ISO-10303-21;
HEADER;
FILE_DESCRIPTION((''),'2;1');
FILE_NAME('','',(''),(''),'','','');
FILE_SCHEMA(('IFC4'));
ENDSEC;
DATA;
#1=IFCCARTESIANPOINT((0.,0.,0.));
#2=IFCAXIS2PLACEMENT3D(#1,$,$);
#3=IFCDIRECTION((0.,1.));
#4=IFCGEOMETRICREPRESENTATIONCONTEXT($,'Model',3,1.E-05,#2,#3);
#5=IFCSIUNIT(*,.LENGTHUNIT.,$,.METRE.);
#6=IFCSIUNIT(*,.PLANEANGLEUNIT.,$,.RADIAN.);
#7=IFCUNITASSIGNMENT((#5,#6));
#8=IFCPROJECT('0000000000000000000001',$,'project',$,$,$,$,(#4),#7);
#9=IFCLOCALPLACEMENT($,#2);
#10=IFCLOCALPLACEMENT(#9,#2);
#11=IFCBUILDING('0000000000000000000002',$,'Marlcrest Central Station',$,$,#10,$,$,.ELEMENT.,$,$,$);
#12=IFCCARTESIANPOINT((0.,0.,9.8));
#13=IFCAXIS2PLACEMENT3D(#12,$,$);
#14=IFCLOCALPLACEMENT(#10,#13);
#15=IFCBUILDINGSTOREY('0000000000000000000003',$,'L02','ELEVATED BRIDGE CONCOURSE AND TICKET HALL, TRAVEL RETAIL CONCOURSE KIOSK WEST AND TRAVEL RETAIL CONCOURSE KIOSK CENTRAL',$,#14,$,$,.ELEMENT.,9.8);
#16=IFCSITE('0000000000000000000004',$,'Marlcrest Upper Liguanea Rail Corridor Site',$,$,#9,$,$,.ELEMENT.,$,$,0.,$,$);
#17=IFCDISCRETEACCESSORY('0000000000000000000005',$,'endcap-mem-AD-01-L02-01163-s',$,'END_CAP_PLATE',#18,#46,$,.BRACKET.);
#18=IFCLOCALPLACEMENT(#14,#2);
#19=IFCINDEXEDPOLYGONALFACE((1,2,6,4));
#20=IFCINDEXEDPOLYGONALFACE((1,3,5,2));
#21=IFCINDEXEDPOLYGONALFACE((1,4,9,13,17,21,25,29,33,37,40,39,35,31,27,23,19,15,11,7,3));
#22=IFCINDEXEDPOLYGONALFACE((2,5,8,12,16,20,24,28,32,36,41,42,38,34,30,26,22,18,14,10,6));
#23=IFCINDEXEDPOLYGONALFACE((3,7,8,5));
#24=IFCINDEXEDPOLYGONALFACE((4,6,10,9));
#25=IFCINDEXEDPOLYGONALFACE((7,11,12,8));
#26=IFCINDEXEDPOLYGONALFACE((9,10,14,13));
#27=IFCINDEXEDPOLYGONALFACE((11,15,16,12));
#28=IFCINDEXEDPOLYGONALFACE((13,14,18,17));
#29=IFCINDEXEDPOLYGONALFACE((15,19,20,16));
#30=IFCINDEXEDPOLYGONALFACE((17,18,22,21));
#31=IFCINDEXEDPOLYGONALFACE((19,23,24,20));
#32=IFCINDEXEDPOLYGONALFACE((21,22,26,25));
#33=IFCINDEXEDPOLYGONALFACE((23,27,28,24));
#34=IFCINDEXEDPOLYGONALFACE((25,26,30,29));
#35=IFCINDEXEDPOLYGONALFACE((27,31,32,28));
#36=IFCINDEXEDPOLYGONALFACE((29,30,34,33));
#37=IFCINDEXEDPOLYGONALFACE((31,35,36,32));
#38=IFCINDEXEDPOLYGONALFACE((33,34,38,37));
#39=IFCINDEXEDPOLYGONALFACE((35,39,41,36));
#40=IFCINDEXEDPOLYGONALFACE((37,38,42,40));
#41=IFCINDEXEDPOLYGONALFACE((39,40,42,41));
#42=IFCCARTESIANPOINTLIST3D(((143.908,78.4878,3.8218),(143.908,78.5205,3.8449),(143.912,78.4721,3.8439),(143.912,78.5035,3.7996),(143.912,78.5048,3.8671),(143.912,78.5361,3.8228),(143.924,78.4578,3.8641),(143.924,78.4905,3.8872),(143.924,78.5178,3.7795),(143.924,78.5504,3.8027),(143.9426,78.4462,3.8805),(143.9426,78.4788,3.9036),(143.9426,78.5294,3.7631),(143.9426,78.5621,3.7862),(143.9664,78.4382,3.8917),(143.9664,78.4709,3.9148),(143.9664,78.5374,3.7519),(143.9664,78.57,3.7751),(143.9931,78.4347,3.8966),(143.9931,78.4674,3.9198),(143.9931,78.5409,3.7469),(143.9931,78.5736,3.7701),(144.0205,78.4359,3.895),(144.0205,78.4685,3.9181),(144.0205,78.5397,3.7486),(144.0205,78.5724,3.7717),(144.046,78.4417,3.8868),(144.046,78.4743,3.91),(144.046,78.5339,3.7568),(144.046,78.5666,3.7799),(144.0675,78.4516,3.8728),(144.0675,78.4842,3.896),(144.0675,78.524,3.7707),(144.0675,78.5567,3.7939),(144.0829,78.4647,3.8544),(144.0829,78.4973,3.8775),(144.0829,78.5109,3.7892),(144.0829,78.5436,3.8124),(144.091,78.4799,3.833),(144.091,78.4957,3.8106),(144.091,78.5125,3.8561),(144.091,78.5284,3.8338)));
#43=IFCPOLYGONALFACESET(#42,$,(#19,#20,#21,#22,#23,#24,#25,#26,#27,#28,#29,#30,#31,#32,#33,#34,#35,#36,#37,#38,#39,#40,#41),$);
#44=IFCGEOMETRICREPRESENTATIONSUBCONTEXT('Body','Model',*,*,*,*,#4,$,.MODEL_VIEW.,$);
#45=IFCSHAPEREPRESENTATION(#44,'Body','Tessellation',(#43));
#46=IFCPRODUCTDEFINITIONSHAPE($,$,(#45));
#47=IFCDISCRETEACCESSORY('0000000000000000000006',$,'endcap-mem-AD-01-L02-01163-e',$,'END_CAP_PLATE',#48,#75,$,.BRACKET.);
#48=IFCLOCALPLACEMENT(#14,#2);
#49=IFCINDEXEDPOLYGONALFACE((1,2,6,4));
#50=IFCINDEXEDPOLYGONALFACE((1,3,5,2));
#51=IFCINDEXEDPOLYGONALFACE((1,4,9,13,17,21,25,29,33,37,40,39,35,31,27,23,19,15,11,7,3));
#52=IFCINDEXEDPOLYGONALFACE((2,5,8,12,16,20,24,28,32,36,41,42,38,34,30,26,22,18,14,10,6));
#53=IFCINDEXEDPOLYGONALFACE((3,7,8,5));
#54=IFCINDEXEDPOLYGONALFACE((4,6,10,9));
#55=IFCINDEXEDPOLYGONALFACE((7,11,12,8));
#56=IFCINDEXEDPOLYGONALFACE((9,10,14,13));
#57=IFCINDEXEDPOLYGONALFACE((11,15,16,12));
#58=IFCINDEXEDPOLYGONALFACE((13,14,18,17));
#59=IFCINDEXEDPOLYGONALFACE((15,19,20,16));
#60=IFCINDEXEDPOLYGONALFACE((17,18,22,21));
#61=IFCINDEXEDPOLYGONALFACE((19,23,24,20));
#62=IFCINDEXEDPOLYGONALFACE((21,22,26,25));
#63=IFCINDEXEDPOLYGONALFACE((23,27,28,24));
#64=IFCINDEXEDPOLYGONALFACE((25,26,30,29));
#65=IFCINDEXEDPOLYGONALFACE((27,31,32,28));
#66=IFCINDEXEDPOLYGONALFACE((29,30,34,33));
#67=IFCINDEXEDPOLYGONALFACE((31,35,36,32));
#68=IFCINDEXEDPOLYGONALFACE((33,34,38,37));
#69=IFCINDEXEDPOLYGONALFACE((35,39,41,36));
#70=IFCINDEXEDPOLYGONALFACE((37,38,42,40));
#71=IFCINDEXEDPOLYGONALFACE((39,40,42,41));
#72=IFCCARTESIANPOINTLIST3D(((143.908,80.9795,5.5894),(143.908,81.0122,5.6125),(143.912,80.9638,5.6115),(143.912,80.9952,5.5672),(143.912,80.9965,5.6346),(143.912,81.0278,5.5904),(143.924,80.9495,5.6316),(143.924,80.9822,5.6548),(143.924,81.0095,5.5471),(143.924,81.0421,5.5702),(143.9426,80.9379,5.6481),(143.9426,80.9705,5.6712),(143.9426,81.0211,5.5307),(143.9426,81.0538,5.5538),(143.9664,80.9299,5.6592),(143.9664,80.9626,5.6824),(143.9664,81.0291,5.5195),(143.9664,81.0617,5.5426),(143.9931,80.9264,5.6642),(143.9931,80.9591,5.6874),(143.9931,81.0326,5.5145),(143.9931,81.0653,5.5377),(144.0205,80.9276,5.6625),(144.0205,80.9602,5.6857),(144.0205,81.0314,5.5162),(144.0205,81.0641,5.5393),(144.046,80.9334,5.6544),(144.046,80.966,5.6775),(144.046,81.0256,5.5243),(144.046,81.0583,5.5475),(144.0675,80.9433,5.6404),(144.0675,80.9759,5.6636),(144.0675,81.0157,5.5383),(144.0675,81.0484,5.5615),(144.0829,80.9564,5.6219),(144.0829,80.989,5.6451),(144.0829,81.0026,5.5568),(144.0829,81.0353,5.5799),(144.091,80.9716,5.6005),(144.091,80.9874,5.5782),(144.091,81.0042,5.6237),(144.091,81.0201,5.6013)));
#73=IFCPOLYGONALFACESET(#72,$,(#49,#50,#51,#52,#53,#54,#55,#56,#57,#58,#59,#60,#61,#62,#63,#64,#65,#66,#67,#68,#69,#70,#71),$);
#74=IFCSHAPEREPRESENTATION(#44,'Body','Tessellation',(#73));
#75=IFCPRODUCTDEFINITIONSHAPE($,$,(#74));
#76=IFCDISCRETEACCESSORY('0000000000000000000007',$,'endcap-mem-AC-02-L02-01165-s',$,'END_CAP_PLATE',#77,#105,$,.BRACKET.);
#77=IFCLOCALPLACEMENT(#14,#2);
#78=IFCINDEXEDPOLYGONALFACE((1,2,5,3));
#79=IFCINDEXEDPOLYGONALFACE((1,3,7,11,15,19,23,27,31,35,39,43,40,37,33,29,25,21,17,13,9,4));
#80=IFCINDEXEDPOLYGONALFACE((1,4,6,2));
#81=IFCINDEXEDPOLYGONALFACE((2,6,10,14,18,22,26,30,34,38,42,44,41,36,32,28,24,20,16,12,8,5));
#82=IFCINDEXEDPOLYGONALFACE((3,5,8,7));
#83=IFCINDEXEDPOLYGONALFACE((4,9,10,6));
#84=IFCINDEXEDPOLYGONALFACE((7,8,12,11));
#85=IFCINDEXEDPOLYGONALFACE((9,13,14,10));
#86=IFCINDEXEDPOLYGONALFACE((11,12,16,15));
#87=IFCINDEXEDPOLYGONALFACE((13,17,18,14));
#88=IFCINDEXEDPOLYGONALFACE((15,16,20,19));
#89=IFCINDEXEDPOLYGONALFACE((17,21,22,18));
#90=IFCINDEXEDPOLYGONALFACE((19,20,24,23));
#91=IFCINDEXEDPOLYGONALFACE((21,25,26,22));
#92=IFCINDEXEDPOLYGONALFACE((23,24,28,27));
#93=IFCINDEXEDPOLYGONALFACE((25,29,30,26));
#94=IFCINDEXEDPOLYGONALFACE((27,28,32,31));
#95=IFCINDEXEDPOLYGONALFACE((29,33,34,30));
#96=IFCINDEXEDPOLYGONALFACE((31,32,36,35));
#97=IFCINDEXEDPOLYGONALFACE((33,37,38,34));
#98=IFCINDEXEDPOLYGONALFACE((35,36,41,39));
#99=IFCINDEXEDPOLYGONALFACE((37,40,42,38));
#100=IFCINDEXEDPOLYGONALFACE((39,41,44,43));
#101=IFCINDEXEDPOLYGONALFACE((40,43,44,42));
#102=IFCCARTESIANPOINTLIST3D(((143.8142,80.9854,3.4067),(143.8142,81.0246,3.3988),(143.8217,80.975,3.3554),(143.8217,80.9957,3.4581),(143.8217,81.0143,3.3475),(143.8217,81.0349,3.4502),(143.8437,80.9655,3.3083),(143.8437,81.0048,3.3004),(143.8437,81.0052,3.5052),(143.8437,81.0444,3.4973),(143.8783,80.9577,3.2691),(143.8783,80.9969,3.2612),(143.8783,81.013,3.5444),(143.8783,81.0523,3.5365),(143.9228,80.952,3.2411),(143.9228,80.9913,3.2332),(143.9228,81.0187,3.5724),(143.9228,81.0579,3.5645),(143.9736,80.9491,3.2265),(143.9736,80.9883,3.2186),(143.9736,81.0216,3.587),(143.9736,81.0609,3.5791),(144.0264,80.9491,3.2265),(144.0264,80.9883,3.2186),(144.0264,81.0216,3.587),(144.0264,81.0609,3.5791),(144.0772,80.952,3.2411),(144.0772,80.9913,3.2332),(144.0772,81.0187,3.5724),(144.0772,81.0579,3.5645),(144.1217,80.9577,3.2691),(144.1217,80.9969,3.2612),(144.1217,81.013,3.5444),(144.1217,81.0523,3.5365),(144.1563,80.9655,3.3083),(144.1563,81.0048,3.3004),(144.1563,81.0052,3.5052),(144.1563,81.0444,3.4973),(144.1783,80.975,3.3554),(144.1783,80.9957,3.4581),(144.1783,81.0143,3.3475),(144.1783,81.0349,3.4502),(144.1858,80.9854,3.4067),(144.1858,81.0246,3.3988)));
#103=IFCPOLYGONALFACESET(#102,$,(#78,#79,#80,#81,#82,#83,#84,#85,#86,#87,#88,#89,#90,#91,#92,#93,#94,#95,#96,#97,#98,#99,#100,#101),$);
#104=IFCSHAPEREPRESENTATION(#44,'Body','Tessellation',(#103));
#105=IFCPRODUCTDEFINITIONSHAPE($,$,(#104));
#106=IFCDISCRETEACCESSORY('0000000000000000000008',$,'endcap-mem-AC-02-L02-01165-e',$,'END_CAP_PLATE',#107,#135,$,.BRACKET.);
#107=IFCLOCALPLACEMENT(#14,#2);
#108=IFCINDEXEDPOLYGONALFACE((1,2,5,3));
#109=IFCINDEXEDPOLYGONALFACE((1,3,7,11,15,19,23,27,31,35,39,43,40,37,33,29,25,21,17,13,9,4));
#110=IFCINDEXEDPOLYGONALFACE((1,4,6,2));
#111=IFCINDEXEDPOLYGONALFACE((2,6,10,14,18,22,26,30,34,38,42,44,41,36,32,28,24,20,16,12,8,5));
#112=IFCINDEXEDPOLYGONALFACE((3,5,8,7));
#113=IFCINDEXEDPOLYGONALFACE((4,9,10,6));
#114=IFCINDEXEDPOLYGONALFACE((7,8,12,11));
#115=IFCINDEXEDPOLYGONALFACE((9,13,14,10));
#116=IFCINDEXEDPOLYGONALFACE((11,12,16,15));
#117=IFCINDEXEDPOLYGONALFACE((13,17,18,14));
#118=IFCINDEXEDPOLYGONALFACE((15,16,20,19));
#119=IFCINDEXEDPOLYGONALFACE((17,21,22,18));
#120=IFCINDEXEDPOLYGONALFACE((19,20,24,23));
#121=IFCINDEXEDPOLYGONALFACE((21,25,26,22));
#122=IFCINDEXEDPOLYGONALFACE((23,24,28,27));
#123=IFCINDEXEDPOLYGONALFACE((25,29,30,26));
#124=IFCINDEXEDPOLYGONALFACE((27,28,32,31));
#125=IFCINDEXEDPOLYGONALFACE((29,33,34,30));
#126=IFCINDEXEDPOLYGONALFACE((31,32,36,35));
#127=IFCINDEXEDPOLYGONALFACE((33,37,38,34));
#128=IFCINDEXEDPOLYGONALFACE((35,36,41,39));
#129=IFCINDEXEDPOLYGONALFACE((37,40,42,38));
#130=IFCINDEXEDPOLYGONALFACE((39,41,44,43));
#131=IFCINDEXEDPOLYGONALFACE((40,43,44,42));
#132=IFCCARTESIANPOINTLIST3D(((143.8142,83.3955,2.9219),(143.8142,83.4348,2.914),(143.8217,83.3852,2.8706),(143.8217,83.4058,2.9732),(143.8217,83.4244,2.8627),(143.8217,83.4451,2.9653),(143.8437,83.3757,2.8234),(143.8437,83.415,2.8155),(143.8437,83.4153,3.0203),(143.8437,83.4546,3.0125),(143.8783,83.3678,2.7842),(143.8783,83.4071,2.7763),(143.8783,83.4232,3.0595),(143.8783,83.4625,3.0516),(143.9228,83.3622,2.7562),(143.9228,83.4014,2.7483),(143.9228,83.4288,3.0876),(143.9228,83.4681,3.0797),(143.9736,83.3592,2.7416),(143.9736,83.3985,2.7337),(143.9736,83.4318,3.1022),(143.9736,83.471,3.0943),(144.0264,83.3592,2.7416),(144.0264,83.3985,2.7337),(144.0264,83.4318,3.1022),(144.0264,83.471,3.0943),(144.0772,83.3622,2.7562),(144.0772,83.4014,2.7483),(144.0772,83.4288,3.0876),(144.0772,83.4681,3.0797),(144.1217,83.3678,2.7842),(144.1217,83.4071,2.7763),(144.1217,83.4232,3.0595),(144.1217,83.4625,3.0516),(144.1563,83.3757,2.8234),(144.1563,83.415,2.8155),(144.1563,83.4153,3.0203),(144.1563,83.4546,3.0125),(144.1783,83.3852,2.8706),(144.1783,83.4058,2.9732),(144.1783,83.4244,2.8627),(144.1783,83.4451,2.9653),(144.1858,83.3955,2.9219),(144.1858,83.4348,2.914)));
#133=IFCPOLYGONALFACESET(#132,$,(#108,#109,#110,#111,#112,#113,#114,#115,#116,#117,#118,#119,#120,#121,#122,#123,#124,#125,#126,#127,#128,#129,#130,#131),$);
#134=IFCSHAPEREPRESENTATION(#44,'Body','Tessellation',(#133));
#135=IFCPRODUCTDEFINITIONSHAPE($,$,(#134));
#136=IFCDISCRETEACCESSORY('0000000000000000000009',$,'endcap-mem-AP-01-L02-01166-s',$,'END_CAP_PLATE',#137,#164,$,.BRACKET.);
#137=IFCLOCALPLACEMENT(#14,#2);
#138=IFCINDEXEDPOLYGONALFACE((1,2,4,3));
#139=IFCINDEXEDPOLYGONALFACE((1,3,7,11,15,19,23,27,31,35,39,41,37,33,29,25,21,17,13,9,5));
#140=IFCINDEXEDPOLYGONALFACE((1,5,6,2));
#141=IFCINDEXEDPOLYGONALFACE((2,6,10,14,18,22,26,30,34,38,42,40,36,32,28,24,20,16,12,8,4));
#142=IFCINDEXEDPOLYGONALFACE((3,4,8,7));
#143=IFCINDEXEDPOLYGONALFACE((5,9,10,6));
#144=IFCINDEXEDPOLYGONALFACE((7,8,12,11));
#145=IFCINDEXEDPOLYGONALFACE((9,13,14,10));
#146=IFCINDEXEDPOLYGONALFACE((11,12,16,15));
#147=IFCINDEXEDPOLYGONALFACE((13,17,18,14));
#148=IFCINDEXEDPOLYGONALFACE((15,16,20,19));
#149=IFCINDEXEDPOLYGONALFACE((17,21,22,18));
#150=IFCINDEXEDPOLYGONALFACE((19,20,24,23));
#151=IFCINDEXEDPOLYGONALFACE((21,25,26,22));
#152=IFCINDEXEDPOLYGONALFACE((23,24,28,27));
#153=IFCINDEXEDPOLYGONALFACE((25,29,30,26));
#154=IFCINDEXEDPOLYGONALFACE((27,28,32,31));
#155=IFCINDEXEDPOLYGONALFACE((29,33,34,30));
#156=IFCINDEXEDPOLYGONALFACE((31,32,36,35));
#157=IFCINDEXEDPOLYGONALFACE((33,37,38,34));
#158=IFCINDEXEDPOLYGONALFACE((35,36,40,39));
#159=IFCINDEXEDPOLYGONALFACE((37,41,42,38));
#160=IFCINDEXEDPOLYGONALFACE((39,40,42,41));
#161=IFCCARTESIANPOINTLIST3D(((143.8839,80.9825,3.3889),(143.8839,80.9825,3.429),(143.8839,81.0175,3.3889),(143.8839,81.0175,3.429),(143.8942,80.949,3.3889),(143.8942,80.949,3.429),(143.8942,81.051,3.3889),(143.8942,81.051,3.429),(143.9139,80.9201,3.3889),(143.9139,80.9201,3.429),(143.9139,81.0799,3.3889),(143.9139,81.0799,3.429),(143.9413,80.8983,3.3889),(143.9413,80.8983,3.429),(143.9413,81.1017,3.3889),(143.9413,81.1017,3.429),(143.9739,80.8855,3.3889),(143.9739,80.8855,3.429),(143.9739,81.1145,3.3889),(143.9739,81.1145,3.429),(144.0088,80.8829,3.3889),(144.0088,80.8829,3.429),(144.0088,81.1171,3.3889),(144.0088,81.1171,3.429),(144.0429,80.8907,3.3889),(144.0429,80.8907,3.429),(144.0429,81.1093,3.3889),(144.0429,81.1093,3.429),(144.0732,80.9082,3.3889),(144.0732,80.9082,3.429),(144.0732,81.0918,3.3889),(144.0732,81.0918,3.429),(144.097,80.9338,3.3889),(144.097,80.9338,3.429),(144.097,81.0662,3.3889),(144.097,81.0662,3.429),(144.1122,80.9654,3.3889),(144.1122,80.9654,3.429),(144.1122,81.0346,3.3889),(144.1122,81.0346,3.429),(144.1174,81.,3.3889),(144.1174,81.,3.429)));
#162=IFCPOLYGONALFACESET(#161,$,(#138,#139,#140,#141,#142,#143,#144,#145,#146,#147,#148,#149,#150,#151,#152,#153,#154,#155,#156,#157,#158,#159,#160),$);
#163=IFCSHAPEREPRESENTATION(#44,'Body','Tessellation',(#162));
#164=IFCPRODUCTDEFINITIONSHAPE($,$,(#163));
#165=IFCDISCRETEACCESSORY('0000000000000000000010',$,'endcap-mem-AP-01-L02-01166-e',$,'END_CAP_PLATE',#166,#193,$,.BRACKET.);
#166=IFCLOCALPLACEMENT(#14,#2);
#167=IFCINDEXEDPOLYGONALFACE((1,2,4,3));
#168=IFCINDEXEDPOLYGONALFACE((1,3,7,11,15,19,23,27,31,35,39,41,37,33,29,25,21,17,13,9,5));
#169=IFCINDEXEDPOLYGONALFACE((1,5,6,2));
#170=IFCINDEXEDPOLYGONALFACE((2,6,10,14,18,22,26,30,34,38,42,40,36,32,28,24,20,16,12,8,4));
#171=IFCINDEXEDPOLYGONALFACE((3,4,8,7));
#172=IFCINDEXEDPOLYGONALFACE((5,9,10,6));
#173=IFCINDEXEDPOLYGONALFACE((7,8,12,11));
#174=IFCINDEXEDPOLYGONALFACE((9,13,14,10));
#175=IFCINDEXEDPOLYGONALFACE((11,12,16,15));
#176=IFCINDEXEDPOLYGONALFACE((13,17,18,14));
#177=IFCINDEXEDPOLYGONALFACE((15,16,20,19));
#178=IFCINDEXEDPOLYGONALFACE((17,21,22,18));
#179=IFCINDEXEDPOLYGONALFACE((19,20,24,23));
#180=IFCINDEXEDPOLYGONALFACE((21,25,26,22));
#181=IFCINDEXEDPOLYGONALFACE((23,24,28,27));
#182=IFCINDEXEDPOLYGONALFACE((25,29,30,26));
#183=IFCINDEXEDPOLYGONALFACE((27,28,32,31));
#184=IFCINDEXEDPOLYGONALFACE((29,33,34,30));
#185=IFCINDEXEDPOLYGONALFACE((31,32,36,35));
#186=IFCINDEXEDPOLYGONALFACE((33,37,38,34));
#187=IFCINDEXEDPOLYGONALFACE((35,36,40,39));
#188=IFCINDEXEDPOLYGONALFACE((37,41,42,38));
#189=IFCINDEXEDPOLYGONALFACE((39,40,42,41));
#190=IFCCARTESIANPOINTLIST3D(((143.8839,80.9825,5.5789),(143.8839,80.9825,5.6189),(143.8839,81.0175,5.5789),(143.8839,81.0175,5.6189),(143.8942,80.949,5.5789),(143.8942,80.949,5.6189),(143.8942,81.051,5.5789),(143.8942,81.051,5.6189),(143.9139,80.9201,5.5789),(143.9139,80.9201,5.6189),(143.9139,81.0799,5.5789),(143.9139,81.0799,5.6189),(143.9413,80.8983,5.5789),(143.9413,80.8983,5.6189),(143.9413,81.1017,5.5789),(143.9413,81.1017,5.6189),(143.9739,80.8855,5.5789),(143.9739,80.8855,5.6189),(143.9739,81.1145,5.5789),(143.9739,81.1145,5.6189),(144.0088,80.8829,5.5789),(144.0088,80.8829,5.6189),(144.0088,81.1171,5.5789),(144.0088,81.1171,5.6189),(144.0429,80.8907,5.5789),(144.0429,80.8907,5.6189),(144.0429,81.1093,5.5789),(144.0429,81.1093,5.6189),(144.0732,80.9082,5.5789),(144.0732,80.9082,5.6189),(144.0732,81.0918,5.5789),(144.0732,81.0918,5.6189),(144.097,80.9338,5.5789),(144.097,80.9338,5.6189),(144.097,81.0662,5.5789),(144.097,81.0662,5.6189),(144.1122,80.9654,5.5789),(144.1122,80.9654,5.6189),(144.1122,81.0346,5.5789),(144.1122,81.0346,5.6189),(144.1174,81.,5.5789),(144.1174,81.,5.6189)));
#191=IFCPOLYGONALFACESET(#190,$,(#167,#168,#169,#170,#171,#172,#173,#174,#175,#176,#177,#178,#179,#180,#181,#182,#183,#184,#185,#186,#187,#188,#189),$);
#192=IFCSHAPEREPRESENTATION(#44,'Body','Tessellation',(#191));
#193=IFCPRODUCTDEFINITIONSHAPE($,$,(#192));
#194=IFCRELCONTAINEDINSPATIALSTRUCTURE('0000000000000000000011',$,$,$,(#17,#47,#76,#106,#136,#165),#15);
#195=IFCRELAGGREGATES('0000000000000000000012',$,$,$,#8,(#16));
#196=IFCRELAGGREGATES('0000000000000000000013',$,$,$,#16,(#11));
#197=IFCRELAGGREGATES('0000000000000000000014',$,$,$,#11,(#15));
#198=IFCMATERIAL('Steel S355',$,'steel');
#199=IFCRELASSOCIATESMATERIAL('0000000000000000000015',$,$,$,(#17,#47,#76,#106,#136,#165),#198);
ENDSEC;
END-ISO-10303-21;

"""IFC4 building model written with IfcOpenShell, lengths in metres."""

from ifc_helpers import new_model, si_unit, direction, frame, origin, origin_2d, place, context, subcontext, project, spatial, circle, extrude, material, element, save


model = new_model("IFC4")

# Units and contexts
model_context = context("Model", 3, precision=1e-05, world=origin(), true_north=direction((0.0, 1.0)))
body_context = subcontext(model_context, "Body", "Model", "MODEL_VIEW")
ifc_project = project(units=[si_unit("LENGTHUNIT", "METRE"), si_unit("PLANEANGLEUNIT", "RADIAN")], contexts=[model_context])

# Site, building, storey
site_placement = place(None, origin())
site = spatial("IfcSite", under=ifc_project, at=site_placement, Name="Marlcrest Upper Liguanea Rail Corridor Site", CompositionType="ELEMENT", RefElevation=0.0)
building_placement = place(site_placement, origin())
building = spatial("IfcBuilding", under=site, at=building_placement, Name="Marlcrest Central Station", CompositionType="ELEMENT")
storey_placement = place(building_placement, frame((0.0, 0.0, 9.8)))
storey = spatial("IfcBuildingStorey", under=building, at=storey_placement, Name="L02", Description="ELEVATED BRIDGE CONCOURSE AND TICKET HALL, TRAVEL RETAIL CONCOURSE KIOSK WEST AND TRAVEL RETAIL CONCOURSE KIOSK CENTRAL", CompositionType="ELEMENT", Elevation=9.8)

# Shared definitions
ifc_material_1 = material(Name="Steel S355", Category="steel")

# Discrete accessories
for number, where, z_axis, x_axis, name in (
    (1, (144.0, 78.4878, 3.8218), (0.0, 0.815661, 0.57853), (-1.0, 0.0, 0.0), "endcap-mem-AD-01-L02-01163-s"),
    (2, (144.0, 80.9795, 5.5894), (0.0, 0.815661, 0.57853), (-1.0, 0.0, 0.0), "endcap-mem-AD-01-L02-01163-e"),
):
    element("IfcDiscreteAccessory", number, at=place(storey_placement, frame(where, z_axis=z_axis, x_axis=x_axis)), inside=storey, material=ifc_material_1, Name=name, ObjectType="END_CAP_PLATE", PredefinedType="BRACKET", context=body_context, shape_type="SweptSolid", body=[
        extrude(circle(Radius=0.092, at=origin_2d()), origin(), (0.0, 0.0, 1.0), 0.04),
    ])
for number, where, z_axis, x_axis, name in (
    (3, (144.0, 80.9854, 3.4067), (0.0, 0.980359, -0.197219), (-1.0, 0.0, 0.0), "endcap-mem-AC-02-L02-01165-s"),
    (4, (144.0, 83.3955, 2.9219), (0.0, 0.980359, -0.197219), (-1.0, 0.0, 0.0), "endcap-mem-AC-02-L02-01165-e"),
):
    element("IfcDiscreteAccessory", number, at=place(storey_placement, frame(where, z_axis=z_axis, x_axis=x_axis)), inside=storey, material=ifc_material_1, Name=name, ObjectType="END_CAP_PLATE", PredefinedType="BRACKET", context=body_context, shape_type="SweptSolid", body=[
        extrude(circle(Radius=0.1858, at=origin_2d()), origin(), (0.0, 0.0, 1.0), 0.04),
    ])
for number, where, z_axis, x_axis, name in (
    (5, (144.0, 81.0, 3.3889), (0.0, 0.0, 1.0), (1.0, 0.0, 0.0), "endcap-mem-AP-01-L02-01166-s"),
    (6, (144.0, 81.0, 5.5789), (0.0, 0.0, 1.0), (1.0, 0.0, 0.0), "endcap-mem-AP-01-L02-01166-e"),
):
    element("IfcDiscreteAccessory", number, at=place(storey_placement, frame(where, z_axis=z_axis, x_axis=x_axis)), inside=storey, material=ifc_material_1, Name=name, ObjectType="END_CAP_PLATE", PredefinedType="BRACKET", context=body_context, shape_type="SweptSolid", body=[
        extrude(circle(Radius=0.1174, at=origin_2d()), origin(), (0.0, 0.0, 1.0), 0.04),
    ])

save(model, "model.ifc")
